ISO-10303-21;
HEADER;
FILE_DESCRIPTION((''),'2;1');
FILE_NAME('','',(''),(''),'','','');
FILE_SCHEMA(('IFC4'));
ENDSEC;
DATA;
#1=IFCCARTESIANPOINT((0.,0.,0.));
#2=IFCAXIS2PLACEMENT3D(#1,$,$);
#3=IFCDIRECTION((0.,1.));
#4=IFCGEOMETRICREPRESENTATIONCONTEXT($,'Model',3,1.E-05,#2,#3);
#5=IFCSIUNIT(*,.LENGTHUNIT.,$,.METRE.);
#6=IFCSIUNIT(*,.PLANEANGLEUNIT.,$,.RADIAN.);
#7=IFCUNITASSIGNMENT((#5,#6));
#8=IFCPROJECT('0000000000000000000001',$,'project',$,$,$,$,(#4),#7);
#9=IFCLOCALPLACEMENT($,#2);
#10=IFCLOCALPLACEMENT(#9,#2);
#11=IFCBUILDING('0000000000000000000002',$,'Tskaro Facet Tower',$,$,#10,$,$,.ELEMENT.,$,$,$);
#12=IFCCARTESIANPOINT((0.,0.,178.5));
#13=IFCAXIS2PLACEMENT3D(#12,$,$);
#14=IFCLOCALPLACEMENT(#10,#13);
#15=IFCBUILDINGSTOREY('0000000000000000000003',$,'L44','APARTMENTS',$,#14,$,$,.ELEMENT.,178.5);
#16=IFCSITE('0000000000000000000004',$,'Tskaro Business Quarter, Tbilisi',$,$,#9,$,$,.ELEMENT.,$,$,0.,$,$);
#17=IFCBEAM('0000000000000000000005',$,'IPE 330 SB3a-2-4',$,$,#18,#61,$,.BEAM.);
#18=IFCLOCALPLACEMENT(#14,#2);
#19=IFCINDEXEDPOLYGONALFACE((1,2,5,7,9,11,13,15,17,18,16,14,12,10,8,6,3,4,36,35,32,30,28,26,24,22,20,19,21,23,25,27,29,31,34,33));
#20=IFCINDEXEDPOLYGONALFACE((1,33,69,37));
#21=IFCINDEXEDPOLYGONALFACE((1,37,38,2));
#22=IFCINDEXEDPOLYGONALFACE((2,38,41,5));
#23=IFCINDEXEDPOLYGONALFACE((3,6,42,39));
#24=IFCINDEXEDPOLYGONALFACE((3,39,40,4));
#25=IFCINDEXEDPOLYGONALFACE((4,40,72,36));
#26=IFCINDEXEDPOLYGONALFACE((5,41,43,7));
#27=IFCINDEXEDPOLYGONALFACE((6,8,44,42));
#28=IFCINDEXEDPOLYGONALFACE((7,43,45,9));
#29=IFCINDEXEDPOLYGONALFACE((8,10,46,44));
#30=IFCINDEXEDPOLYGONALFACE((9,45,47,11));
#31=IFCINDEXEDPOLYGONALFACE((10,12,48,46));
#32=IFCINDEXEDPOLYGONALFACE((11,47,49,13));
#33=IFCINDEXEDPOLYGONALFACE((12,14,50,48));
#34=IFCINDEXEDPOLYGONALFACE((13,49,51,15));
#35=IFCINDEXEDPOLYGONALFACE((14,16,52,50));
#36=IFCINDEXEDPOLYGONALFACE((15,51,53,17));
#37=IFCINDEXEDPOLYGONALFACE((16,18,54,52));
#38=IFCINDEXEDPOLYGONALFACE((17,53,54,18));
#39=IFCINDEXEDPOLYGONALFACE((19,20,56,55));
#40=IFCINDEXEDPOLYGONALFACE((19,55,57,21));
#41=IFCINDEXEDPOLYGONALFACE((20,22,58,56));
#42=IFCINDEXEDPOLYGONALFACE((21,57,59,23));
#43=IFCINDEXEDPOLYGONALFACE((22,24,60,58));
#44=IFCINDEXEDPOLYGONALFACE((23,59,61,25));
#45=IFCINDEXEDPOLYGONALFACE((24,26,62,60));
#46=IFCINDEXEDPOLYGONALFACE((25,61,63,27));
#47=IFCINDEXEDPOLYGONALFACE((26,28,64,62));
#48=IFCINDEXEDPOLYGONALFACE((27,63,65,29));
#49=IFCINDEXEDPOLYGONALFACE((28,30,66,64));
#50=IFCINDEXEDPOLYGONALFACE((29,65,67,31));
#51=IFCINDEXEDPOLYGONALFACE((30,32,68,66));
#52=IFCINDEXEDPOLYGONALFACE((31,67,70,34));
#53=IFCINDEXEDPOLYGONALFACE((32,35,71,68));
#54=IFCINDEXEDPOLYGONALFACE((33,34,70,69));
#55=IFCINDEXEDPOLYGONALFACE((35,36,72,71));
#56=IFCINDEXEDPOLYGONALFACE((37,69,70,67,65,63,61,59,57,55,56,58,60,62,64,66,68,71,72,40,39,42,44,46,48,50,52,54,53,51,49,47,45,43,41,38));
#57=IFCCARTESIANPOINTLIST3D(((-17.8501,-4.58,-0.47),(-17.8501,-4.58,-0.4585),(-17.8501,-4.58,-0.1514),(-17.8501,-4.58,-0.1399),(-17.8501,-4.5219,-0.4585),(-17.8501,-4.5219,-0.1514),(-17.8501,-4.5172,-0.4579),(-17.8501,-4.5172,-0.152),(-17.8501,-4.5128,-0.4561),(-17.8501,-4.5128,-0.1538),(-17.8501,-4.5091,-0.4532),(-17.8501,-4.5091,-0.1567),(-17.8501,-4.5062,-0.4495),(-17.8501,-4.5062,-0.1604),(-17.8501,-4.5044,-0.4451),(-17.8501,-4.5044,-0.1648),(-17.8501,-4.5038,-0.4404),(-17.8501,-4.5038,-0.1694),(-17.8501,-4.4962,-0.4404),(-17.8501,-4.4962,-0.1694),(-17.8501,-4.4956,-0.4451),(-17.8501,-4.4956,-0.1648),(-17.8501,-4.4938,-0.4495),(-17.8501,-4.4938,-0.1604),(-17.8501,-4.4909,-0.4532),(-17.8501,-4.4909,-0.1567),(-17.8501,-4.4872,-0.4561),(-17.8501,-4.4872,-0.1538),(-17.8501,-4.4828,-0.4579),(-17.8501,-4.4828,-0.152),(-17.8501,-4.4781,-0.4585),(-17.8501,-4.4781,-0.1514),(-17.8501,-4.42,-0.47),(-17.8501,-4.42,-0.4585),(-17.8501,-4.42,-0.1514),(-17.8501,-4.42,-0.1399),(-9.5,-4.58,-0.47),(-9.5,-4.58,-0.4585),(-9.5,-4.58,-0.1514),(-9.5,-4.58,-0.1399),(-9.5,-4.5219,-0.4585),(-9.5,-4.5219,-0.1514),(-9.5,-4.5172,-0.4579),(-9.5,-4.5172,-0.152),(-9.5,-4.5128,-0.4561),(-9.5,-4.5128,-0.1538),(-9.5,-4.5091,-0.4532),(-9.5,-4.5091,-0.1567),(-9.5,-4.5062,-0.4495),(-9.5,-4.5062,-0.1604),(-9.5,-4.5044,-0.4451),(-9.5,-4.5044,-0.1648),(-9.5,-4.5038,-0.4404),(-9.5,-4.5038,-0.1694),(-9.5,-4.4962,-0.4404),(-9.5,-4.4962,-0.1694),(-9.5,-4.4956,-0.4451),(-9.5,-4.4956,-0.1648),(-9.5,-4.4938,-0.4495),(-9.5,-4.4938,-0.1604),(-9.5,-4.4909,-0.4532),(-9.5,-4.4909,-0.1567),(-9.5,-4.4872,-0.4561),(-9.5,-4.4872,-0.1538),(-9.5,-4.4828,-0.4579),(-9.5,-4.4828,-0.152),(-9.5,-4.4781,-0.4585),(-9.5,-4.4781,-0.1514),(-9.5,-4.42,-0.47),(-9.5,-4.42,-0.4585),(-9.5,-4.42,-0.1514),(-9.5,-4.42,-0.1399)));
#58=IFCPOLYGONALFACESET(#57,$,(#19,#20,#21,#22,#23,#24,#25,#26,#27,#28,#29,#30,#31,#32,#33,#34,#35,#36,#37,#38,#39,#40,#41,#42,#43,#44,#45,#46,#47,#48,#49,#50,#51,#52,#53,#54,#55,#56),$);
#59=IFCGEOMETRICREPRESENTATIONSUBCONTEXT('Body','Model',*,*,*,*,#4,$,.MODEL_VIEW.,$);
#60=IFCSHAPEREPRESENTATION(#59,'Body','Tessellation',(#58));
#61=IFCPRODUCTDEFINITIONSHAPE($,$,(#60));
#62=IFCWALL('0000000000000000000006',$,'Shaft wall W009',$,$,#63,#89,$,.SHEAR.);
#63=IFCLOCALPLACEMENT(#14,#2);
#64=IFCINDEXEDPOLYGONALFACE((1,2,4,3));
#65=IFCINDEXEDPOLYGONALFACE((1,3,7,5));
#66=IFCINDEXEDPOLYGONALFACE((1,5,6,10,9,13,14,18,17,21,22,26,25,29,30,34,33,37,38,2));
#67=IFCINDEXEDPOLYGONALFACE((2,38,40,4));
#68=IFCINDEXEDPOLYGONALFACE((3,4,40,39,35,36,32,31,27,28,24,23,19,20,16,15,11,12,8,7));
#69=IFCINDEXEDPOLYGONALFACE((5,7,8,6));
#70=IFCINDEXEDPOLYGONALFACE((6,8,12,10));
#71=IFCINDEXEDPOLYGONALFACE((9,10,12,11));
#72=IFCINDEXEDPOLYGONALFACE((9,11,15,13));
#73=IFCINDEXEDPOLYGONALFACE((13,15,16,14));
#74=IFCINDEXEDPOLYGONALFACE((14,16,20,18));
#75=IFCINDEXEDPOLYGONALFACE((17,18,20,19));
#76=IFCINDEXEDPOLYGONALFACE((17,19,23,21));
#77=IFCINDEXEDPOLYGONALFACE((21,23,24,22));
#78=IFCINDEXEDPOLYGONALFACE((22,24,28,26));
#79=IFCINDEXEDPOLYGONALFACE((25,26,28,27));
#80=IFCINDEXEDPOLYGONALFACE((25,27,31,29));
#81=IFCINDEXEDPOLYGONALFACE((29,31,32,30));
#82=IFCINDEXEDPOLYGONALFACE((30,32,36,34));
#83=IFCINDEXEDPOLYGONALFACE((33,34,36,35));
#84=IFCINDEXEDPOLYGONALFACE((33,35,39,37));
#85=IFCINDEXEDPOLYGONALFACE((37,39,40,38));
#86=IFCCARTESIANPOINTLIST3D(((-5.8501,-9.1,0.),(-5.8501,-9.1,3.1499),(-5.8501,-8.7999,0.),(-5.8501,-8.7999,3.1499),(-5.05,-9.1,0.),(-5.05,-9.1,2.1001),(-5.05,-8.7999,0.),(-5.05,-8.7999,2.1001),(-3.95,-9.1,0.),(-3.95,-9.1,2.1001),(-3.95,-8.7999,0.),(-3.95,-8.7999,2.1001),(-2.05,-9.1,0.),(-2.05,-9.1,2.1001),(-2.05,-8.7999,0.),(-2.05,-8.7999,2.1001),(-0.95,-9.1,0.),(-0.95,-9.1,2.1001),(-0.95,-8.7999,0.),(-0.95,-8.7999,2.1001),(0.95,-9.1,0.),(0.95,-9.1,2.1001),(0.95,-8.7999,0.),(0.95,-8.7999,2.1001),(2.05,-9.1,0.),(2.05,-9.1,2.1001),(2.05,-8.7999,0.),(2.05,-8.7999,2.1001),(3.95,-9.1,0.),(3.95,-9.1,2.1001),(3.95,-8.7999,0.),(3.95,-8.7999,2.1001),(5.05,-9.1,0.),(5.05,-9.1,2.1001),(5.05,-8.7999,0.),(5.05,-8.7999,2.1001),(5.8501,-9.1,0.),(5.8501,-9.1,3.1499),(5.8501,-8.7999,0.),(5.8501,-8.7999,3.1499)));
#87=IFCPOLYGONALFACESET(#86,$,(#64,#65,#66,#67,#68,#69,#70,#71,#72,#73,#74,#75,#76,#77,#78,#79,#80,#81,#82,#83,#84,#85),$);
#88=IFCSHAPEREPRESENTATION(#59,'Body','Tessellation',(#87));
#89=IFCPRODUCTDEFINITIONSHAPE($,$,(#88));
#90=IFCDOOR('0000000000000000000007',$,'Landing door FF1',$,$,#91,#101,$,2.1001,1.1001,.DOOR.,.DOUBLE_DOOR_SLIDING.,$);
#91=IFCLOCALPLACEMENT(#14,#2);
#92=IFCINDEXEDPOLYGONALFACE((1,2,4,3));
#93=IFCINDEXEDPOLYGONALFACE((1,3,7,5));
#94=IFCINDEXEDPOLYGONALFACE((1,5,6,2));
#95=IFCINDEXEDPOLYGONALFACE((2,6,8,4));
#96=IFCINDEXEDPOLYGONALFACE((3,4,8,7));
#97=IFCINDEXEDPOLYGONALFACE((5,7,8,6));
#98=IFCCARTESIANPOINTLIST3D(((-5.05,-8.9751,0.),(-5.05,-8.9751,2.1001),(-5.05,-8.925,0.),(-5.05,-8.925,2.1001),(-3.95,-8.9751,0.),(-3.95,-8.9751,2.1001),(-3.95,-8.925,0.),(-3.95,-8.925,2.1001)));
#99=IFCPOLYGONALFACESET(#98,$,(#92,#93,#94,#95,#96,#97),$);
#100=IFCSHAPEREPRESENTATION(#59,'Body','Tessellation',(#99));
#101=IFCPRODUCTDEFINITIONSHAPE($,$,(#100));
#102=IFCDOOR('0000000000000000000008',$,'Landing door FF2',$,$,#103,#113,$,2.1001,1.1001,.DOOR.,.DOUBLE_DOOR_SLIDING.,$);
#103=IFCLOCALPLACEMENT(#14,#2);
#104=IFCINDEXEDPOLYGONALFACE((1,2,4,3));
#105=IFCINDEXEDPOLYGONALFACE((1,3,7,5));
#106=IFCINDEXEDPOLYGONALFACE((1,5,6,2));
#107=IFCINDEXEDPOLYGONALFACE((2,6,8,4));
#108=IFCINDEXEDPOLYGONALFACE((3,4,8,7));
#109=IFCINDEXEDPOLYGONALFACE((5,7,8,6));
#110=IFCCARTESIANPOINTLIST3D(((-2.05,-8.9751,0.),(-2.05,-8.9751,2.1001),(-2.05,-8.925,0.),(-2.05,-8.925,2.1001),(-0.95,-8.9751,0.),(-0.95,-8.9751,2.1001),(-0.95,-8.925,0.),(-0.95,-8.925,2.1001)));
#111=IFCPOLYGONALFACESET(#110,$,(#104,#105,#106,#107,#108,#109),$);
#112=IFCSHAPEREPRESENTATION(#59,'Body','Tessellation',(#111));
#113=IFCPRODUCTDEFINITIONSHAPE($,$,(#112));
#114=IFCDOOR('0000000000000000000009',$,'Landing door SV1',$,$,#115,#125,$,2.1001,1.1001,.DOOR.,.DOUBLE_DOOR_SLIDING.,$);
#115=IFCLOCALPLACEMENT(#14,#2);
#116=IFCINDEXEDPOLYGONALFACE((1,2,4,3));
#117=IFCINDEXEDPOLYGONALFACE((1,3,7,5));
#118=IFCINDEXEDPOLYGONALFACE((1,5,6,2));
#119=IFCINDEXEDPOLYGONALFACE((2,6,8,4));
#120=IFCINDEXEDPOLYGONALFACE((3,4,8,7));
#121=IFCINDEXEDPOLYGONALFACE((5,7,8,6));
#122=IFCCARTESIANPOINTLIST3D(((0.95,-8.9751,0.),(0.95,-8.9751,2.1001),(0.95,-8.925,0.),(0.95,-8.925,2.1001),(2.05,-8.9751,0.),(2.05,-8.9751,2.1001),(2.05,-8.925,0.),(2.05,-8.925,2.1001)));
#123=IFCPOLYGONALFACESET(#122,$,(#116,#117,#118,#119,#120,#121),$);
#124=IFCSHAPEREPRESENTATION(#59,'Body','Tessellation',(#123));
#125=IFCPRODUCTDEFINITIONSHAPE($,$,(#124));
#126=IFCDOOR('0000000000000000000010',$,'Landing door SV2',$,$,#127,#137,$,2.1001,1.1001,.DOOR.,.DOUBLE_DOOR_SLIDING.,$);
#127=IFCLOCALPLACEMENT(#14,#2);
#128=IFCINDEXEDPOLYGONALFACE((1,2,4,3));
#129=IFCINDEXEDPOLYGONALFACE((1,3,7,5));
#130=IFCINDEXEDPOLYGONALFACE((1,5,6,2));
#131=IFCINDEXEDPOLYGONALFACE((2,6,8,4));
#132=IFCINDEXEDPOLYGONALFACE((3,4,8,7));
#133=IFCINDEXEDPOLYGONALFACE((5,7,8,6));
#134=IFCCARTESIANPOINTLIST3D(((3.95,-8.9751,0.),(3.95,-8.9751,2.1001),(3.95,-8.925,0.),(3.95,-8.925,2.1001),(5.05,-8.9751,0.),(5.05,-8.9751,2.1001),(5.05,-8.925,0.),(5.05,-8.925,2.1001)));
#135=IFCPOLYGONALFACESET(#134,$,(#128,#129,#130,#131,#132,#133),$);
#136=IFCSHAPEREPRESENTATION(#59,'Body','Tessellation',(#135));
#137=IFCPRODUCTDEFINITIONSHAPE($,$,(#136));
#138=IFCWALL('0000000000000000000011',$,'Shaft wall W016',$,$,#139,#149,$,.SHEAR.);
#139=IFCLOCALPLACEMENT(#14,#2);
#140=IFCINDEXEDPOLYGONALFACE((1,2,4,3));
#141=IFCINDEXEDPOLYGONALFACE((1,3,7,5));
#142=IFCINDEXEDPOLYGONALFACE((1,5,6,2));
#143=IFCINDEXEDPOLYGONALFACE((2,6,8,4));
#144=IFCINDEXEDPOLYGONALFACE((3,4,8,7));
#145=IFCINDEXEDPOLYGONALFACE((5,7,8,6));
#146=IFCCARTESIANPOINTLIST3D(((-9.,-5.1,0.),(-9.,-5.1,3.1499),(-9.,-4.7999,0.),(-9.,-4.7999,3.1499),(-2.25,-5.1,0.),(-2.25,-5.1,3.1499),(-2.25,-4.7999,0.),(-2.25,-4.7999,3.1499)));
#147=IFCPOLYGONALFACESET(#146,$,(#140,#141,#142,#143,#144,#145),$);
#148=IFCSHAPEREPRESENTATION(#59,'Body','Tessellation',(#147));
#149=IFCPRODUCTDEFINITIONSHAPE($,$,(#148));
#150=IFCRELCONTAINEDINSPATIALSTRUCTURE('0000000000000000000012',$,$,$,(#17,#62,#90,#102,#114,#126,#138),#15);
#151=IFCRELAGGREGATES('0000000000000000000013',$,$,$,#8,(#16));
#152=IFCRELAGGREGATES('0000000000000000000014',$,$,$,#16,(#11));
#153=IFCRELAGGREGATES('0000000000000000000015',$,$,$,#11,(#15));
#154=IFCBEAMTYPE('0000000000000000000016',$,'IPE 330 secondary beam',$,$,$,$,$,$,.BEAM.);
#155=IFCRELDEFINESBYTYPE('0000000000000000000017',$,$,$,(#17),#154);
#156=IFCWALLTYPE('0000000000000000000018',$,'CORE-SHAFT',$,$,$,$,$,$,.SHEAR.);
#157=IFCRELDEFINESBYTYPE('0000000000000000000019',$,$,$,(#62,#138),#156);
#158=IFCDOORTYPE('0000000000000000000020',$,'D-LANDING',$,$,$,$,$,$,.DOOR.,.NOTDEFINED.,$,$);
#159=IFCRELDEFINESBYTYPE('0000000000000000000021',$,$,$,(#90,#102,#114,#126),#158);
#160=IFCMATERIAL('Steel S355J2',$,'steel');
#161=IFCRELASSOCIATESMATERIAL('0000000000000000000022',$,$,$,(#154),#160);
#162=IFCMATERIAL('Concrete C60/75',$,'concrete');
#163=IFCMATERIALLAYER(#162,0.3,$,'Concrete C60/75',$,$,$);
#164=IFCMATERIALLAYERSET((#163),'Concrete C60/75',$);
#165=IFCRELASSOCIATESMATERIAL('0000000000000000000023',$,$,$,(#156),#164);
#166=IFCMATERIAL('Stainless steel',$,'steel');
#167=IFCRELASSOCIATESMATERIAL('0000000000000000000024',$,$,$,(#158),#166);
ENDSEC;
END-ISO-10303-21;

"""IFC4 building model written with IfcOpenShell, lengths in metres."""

from ifc_helpers import new_model, si_unit, direction, frame, frame_2d, origin, origin_2d, place, context, subcontext, project, spatial, rectangle, i_section, extrude, material, layer, layer_set, material_profile, profile_set, type_object, element, fill, save


model = new_model("IFC4")

# Units and contexts
model_context = context("Model", 3, precision=1e-05, world=origin(), true_north=direction((0.0, 1.0)))
body_context = subcontext(model_context, "Body", "Model", "MODEL_VIEW")
ifc_project = project(units=[si_unit("LENGTHUNIT", "METRE"), si_unit("PLANEANGLEUNIT", "RADIAN")], contexts=[model_context])

# Site, building, storey
site_placement = place(None, origin())
site = spatial("IfcSite", under=ifc_project, at=site_placement, Name="Tskaro Business Quarter, Tbilisi", CompositionType="ELEMENT", RefElevation=0.0)
building_placement = place(site_placement, origin())
building = spatial("IfcBuilding", under=site, at=building_placement, Name="Tskaro Facet Tower", CompositionType="ELEMENT")
storey_placement = place(building_placement, frame((0.0, 0.0, 178.5)))
storey = spatial("IfcBuildingStorey", under=building, at=storey_placement, Name="L44", Description="APARTMENTS", CompositionType="ELEMENT", Elevation=178.5)

# Beam
ifc_material_1 = material(Name="Steel S355J2", Category="steel")
ifc_material_profile = material_profile(ifc_material_1, i_section(OverallWidth=0.1599, OverallDepth=0.3301, WebThickness=0.0076, FlangeThickness=0.0115, FilletRadius=0.0181, at=origin_2d()), Name="IPE 330")
ifc_profile_set = profile_set([ifc_material_profile], Name="Steel S355J2")
beam_type = type_object("IfcBeamType", Name="IPE 330 secondary beam", PredefinedType="BEAM", material=ifc_profile_set)
beam_placement = place(storey_placement, frame((-17.8501, -4.5, -0.3049), z_axis=(1.0, 0.0, 0.0), x_axis=(0.0, 1.0, 0.0)))
element("IfcBeam", 1, at=beam_placement, inside=storey, type_object=beam_type, Name="IPE 330 SB3a-2-4", PredefinedType="BEAM", context=body_context, shape_type="SweptSolid", body=[
    extrude(i_section(OverallWidth=0.1599, OverallDepth=0.3301, WebThickness=0.0076, FlangeThickness=0.0115, FilletRadius=0.0181, at=origin_2d()), origin(), (0.0, 0.0, 1.0), 8.3501),
])

# Wall, openings, doors
ifc_material_2 = material(Name="Concrete C60/75", Category="concrete")
ifc_layer_1 = layer(ifc_material_2, 0.3, Name="Concrete C60/75")
ifc_layer_set_1 = layer_set([ifc_layer_1], Name="Concrete C60/75")
wall_type_1 = type_object("IfcWallType", Name="CORE-SHAFT", PredefinedType="SHEAR", material=ifc_layer_set_1)
wall_1_placement = place(storey_placement, frame((-5.8501, -8.95, 0.0), z_axis=(0.0, 0.0, 1.0), x_axis=(1.0, 0.0, 0.0)))
wall_1 = element("IfcWall", 2, at=wall_1_placement, inside=storey, type_object=wall_type_1, Name="Shaft wall W009", PredefinedType="SHEAR", context=body_context, shape_type="SweptSolid", body=[
    extrude(rectangle(XDim=11.7002, YDim=0.3, at=frame_2d((5.8501, 0.0))), origin(), (0.0, 0.0, 1.0), 3.1499),
])
opening_1_placement = place(wall_1_placement, frame((0.8, 0.0, 0.0)))
opening_1 = element("IfcOpeningElement", 3, at=opening_1_placement, cuts=wall_1, PredefinedType="OPENING", context=body_context, shape_type="SweptSolid", body=[
    extrude(rectangle(XDim=1.1001, YDim=2.1001, at=frame_2d((0.55, 1.05))), frame((0.0, 0.1599, 0.0), z_axis=(0.0, -1.0, 0.0), x_axis=(1.0, 0.0, 0.0)), (0.0, 0.0, 1.0), 0.3201),
])
opening_2_placement = place(wall_1_placement, frame((3.8, 0.0, 0.0)))
opening_2 = element("IfcOpeningElement", 4, at=opening_2_placement, cuts=wall_1, PredefinedType="OPENING", context=body_context, shape_type="SweptSolid", body=[
    extrude(rectangle(XDim=1.1001, YDim=2.1001, at=frame_2d((0.55, 1.05))), frame((0.0, 0.1599, 0.0), z_axis=(0.0, -1.0, 0.0), x_axis=(1.0, 0.0, 0.0)), (0.0, 0.0, 1.0), 0.3201),
])
opening_3_placement = place(wall_1_placement, frame((6.8, 0.0, 0.0)))
opening_3 = element("IfcOpeningElement", 5, at=opening_3_placement, cuts=wall_1, PredefinedType="OPENING", context=body_context, shape_type="SweptSolid", body=[
    extrude(rectangle(XDim=1.1001, YDim=2.1001, at=frame_2d((0.55, 1.05))), frame((0.0, 0.1599, 0.0), z_axis=(0.0, -1.0, 0.0), x_axis=(1.0, 0.0, 0.0)), (0.0, 0.0, 1.0), 0.3201),
])
opening_4_placement = place(wall_1_placement, frame((9.8, 0.0, 0.0)))
opening_4 = element("IfcOpeningElement", 6, at=opening_4_placement, cuts=wall_1, PredefinedType="OPENING", context=body_context, shape_type="SweptSolid", body=[
    extrude(rectangle(XDim=1.1001, YDim=2.1001, at=frame_2d((0.55, 1.05))), frame((0.0, 0.1599, 0.0), z_axis=(0.0, -1.0, 0.0), x_axis=(1.0, 0.0, 0.0)), (0.0, 0.0, 1.0), 0.3201),
])
ifc_material_3 = material(Name="Stainless steel", Category="steel")
door_type_1 = type_object("IfcDoorType", Name="D-LANDING", OperationType="NOTDEFINED", PredefinedType="DOOR", material=ifc_material_3)
door_1_placement = place(opening_1_placement, origin())
door_1 = element("IfcDoor", 7, at=door_1_placement, inside=storey, type_object=door_type_1, Name="Landing door FF1", OperationType="DOUBLE_DOOR_SLIDING", OverallHeight=2.1001, OverallWidth=1.1001, PredefinedType="DOOR", context=body_context, shape_type="SweptSolid", body=[
    extrude(rectangle(XDim=1.1001, YDim=2.1001, at=frame_2d((0.55, 1.05))), frame((0.0, 0.0249, 0.0), z_axis=(0.0, -1.0, 0.0), x_axis=(1.0, 0.0, 0.0)), (0.0, 0.0, 1.0), 0.05),
])
fill(opening_1, door_1)
door_2_placement = place(opening_2_placement, origin())
door_2 = element("IfcDoor", 8, at=door_2_placement, inside=storey, type_object=door_type_1, Name="Landing door FF2", OperationType="DOUBLE_DOOR_SLIDING", OverallHeight=2.1001, OverallWidth=1.1001, PredefinedType="DOOR", context=body_context, shape_type="SweptSolid", body=[
    extrude(rectangle(XDim=1.1001, YDim=2.1001, at=frame_2d((0.55, 1.05))), frame((0.0, 0.0249, 0.0), z_axis=(0.0, -1.0, 0.0), x_axis=(1.0, 0.0, 0.0)), (0.0, 0.0, 1.0), 0.05),
])
fill(opening_2, door_2)
door_3_placement = place(opening_3_placement, origin())
door_3 = element("IfcDoor", 9, at=door_3_placement, inside=storey, type_object=door_type_1, Name="Landing door SV1", OperationType="DOUBLE_DOOR_SLIDING", OverallHeight=2.1001, OverallWidth=1.1001, PredefinedType="DOOR", context=body_context, shape_type="SweptSolid", body=[
    extrude(rectangle(XDim=1.1001, YDim=2.1001, at=frame_2d((0.55, 1.05))), frame((0.0, 0.0249, 0.0), z_axis=(0.0, -1.0, 0.0), x_axis=(1.0, 0.0, 0.0)), (0.0, 0.0, 1.0), 0.05),
])
fill(opening_3, door_3)
door_4_placement = place(opening_4_placement, origin())
door_4 = element("IfcDoor", 10, at=door_4_placement, inside=storey, type_object=door_type_1, Name="Landing door SV2", OperationType="DOUBLE_DOOR_SLIDING", OverallHeight=2.1001, OverallWidth=1.1001, PredefinedType="DOOR", context=body_context, shape_type="SweptSolid", body=[
    extrude(rectangle(XDim=1.1001, YDim=2.1001, at=frame_2d((0.55, 1.05))), frame((0.0, 0.0249, 0.0), z_axis=(0.0, -1.0, 0.0), x_axis=(1.0, 0.0, 0.0)), (0.0, 0.0, 1.0), 0.05),
])
fill(opening_4, door_4)

# Wall
wall_2_placement = place(storey_placement, frame((-9.0, -4.95, 0.0), z_axis=(0.0, 0.0, 1.0), x_axis=(1.0, 0.0, 0.0)))
element("IfcWall", 11, at=wall_2_placement, inside=storey, type_object=wall_type_1, Name="Shaft wall W016", PredefinedType="SHEAR", context=body_context, shape_type="SweptSolid", body=[
    extrude(rectangle(XDim=6.75, YDim=0.3, at=frame_2d((3.375, 0.0))), origin(), (0.0, 0.0, 1.0), 3.1499),
])

save(model, "model.ifc")
